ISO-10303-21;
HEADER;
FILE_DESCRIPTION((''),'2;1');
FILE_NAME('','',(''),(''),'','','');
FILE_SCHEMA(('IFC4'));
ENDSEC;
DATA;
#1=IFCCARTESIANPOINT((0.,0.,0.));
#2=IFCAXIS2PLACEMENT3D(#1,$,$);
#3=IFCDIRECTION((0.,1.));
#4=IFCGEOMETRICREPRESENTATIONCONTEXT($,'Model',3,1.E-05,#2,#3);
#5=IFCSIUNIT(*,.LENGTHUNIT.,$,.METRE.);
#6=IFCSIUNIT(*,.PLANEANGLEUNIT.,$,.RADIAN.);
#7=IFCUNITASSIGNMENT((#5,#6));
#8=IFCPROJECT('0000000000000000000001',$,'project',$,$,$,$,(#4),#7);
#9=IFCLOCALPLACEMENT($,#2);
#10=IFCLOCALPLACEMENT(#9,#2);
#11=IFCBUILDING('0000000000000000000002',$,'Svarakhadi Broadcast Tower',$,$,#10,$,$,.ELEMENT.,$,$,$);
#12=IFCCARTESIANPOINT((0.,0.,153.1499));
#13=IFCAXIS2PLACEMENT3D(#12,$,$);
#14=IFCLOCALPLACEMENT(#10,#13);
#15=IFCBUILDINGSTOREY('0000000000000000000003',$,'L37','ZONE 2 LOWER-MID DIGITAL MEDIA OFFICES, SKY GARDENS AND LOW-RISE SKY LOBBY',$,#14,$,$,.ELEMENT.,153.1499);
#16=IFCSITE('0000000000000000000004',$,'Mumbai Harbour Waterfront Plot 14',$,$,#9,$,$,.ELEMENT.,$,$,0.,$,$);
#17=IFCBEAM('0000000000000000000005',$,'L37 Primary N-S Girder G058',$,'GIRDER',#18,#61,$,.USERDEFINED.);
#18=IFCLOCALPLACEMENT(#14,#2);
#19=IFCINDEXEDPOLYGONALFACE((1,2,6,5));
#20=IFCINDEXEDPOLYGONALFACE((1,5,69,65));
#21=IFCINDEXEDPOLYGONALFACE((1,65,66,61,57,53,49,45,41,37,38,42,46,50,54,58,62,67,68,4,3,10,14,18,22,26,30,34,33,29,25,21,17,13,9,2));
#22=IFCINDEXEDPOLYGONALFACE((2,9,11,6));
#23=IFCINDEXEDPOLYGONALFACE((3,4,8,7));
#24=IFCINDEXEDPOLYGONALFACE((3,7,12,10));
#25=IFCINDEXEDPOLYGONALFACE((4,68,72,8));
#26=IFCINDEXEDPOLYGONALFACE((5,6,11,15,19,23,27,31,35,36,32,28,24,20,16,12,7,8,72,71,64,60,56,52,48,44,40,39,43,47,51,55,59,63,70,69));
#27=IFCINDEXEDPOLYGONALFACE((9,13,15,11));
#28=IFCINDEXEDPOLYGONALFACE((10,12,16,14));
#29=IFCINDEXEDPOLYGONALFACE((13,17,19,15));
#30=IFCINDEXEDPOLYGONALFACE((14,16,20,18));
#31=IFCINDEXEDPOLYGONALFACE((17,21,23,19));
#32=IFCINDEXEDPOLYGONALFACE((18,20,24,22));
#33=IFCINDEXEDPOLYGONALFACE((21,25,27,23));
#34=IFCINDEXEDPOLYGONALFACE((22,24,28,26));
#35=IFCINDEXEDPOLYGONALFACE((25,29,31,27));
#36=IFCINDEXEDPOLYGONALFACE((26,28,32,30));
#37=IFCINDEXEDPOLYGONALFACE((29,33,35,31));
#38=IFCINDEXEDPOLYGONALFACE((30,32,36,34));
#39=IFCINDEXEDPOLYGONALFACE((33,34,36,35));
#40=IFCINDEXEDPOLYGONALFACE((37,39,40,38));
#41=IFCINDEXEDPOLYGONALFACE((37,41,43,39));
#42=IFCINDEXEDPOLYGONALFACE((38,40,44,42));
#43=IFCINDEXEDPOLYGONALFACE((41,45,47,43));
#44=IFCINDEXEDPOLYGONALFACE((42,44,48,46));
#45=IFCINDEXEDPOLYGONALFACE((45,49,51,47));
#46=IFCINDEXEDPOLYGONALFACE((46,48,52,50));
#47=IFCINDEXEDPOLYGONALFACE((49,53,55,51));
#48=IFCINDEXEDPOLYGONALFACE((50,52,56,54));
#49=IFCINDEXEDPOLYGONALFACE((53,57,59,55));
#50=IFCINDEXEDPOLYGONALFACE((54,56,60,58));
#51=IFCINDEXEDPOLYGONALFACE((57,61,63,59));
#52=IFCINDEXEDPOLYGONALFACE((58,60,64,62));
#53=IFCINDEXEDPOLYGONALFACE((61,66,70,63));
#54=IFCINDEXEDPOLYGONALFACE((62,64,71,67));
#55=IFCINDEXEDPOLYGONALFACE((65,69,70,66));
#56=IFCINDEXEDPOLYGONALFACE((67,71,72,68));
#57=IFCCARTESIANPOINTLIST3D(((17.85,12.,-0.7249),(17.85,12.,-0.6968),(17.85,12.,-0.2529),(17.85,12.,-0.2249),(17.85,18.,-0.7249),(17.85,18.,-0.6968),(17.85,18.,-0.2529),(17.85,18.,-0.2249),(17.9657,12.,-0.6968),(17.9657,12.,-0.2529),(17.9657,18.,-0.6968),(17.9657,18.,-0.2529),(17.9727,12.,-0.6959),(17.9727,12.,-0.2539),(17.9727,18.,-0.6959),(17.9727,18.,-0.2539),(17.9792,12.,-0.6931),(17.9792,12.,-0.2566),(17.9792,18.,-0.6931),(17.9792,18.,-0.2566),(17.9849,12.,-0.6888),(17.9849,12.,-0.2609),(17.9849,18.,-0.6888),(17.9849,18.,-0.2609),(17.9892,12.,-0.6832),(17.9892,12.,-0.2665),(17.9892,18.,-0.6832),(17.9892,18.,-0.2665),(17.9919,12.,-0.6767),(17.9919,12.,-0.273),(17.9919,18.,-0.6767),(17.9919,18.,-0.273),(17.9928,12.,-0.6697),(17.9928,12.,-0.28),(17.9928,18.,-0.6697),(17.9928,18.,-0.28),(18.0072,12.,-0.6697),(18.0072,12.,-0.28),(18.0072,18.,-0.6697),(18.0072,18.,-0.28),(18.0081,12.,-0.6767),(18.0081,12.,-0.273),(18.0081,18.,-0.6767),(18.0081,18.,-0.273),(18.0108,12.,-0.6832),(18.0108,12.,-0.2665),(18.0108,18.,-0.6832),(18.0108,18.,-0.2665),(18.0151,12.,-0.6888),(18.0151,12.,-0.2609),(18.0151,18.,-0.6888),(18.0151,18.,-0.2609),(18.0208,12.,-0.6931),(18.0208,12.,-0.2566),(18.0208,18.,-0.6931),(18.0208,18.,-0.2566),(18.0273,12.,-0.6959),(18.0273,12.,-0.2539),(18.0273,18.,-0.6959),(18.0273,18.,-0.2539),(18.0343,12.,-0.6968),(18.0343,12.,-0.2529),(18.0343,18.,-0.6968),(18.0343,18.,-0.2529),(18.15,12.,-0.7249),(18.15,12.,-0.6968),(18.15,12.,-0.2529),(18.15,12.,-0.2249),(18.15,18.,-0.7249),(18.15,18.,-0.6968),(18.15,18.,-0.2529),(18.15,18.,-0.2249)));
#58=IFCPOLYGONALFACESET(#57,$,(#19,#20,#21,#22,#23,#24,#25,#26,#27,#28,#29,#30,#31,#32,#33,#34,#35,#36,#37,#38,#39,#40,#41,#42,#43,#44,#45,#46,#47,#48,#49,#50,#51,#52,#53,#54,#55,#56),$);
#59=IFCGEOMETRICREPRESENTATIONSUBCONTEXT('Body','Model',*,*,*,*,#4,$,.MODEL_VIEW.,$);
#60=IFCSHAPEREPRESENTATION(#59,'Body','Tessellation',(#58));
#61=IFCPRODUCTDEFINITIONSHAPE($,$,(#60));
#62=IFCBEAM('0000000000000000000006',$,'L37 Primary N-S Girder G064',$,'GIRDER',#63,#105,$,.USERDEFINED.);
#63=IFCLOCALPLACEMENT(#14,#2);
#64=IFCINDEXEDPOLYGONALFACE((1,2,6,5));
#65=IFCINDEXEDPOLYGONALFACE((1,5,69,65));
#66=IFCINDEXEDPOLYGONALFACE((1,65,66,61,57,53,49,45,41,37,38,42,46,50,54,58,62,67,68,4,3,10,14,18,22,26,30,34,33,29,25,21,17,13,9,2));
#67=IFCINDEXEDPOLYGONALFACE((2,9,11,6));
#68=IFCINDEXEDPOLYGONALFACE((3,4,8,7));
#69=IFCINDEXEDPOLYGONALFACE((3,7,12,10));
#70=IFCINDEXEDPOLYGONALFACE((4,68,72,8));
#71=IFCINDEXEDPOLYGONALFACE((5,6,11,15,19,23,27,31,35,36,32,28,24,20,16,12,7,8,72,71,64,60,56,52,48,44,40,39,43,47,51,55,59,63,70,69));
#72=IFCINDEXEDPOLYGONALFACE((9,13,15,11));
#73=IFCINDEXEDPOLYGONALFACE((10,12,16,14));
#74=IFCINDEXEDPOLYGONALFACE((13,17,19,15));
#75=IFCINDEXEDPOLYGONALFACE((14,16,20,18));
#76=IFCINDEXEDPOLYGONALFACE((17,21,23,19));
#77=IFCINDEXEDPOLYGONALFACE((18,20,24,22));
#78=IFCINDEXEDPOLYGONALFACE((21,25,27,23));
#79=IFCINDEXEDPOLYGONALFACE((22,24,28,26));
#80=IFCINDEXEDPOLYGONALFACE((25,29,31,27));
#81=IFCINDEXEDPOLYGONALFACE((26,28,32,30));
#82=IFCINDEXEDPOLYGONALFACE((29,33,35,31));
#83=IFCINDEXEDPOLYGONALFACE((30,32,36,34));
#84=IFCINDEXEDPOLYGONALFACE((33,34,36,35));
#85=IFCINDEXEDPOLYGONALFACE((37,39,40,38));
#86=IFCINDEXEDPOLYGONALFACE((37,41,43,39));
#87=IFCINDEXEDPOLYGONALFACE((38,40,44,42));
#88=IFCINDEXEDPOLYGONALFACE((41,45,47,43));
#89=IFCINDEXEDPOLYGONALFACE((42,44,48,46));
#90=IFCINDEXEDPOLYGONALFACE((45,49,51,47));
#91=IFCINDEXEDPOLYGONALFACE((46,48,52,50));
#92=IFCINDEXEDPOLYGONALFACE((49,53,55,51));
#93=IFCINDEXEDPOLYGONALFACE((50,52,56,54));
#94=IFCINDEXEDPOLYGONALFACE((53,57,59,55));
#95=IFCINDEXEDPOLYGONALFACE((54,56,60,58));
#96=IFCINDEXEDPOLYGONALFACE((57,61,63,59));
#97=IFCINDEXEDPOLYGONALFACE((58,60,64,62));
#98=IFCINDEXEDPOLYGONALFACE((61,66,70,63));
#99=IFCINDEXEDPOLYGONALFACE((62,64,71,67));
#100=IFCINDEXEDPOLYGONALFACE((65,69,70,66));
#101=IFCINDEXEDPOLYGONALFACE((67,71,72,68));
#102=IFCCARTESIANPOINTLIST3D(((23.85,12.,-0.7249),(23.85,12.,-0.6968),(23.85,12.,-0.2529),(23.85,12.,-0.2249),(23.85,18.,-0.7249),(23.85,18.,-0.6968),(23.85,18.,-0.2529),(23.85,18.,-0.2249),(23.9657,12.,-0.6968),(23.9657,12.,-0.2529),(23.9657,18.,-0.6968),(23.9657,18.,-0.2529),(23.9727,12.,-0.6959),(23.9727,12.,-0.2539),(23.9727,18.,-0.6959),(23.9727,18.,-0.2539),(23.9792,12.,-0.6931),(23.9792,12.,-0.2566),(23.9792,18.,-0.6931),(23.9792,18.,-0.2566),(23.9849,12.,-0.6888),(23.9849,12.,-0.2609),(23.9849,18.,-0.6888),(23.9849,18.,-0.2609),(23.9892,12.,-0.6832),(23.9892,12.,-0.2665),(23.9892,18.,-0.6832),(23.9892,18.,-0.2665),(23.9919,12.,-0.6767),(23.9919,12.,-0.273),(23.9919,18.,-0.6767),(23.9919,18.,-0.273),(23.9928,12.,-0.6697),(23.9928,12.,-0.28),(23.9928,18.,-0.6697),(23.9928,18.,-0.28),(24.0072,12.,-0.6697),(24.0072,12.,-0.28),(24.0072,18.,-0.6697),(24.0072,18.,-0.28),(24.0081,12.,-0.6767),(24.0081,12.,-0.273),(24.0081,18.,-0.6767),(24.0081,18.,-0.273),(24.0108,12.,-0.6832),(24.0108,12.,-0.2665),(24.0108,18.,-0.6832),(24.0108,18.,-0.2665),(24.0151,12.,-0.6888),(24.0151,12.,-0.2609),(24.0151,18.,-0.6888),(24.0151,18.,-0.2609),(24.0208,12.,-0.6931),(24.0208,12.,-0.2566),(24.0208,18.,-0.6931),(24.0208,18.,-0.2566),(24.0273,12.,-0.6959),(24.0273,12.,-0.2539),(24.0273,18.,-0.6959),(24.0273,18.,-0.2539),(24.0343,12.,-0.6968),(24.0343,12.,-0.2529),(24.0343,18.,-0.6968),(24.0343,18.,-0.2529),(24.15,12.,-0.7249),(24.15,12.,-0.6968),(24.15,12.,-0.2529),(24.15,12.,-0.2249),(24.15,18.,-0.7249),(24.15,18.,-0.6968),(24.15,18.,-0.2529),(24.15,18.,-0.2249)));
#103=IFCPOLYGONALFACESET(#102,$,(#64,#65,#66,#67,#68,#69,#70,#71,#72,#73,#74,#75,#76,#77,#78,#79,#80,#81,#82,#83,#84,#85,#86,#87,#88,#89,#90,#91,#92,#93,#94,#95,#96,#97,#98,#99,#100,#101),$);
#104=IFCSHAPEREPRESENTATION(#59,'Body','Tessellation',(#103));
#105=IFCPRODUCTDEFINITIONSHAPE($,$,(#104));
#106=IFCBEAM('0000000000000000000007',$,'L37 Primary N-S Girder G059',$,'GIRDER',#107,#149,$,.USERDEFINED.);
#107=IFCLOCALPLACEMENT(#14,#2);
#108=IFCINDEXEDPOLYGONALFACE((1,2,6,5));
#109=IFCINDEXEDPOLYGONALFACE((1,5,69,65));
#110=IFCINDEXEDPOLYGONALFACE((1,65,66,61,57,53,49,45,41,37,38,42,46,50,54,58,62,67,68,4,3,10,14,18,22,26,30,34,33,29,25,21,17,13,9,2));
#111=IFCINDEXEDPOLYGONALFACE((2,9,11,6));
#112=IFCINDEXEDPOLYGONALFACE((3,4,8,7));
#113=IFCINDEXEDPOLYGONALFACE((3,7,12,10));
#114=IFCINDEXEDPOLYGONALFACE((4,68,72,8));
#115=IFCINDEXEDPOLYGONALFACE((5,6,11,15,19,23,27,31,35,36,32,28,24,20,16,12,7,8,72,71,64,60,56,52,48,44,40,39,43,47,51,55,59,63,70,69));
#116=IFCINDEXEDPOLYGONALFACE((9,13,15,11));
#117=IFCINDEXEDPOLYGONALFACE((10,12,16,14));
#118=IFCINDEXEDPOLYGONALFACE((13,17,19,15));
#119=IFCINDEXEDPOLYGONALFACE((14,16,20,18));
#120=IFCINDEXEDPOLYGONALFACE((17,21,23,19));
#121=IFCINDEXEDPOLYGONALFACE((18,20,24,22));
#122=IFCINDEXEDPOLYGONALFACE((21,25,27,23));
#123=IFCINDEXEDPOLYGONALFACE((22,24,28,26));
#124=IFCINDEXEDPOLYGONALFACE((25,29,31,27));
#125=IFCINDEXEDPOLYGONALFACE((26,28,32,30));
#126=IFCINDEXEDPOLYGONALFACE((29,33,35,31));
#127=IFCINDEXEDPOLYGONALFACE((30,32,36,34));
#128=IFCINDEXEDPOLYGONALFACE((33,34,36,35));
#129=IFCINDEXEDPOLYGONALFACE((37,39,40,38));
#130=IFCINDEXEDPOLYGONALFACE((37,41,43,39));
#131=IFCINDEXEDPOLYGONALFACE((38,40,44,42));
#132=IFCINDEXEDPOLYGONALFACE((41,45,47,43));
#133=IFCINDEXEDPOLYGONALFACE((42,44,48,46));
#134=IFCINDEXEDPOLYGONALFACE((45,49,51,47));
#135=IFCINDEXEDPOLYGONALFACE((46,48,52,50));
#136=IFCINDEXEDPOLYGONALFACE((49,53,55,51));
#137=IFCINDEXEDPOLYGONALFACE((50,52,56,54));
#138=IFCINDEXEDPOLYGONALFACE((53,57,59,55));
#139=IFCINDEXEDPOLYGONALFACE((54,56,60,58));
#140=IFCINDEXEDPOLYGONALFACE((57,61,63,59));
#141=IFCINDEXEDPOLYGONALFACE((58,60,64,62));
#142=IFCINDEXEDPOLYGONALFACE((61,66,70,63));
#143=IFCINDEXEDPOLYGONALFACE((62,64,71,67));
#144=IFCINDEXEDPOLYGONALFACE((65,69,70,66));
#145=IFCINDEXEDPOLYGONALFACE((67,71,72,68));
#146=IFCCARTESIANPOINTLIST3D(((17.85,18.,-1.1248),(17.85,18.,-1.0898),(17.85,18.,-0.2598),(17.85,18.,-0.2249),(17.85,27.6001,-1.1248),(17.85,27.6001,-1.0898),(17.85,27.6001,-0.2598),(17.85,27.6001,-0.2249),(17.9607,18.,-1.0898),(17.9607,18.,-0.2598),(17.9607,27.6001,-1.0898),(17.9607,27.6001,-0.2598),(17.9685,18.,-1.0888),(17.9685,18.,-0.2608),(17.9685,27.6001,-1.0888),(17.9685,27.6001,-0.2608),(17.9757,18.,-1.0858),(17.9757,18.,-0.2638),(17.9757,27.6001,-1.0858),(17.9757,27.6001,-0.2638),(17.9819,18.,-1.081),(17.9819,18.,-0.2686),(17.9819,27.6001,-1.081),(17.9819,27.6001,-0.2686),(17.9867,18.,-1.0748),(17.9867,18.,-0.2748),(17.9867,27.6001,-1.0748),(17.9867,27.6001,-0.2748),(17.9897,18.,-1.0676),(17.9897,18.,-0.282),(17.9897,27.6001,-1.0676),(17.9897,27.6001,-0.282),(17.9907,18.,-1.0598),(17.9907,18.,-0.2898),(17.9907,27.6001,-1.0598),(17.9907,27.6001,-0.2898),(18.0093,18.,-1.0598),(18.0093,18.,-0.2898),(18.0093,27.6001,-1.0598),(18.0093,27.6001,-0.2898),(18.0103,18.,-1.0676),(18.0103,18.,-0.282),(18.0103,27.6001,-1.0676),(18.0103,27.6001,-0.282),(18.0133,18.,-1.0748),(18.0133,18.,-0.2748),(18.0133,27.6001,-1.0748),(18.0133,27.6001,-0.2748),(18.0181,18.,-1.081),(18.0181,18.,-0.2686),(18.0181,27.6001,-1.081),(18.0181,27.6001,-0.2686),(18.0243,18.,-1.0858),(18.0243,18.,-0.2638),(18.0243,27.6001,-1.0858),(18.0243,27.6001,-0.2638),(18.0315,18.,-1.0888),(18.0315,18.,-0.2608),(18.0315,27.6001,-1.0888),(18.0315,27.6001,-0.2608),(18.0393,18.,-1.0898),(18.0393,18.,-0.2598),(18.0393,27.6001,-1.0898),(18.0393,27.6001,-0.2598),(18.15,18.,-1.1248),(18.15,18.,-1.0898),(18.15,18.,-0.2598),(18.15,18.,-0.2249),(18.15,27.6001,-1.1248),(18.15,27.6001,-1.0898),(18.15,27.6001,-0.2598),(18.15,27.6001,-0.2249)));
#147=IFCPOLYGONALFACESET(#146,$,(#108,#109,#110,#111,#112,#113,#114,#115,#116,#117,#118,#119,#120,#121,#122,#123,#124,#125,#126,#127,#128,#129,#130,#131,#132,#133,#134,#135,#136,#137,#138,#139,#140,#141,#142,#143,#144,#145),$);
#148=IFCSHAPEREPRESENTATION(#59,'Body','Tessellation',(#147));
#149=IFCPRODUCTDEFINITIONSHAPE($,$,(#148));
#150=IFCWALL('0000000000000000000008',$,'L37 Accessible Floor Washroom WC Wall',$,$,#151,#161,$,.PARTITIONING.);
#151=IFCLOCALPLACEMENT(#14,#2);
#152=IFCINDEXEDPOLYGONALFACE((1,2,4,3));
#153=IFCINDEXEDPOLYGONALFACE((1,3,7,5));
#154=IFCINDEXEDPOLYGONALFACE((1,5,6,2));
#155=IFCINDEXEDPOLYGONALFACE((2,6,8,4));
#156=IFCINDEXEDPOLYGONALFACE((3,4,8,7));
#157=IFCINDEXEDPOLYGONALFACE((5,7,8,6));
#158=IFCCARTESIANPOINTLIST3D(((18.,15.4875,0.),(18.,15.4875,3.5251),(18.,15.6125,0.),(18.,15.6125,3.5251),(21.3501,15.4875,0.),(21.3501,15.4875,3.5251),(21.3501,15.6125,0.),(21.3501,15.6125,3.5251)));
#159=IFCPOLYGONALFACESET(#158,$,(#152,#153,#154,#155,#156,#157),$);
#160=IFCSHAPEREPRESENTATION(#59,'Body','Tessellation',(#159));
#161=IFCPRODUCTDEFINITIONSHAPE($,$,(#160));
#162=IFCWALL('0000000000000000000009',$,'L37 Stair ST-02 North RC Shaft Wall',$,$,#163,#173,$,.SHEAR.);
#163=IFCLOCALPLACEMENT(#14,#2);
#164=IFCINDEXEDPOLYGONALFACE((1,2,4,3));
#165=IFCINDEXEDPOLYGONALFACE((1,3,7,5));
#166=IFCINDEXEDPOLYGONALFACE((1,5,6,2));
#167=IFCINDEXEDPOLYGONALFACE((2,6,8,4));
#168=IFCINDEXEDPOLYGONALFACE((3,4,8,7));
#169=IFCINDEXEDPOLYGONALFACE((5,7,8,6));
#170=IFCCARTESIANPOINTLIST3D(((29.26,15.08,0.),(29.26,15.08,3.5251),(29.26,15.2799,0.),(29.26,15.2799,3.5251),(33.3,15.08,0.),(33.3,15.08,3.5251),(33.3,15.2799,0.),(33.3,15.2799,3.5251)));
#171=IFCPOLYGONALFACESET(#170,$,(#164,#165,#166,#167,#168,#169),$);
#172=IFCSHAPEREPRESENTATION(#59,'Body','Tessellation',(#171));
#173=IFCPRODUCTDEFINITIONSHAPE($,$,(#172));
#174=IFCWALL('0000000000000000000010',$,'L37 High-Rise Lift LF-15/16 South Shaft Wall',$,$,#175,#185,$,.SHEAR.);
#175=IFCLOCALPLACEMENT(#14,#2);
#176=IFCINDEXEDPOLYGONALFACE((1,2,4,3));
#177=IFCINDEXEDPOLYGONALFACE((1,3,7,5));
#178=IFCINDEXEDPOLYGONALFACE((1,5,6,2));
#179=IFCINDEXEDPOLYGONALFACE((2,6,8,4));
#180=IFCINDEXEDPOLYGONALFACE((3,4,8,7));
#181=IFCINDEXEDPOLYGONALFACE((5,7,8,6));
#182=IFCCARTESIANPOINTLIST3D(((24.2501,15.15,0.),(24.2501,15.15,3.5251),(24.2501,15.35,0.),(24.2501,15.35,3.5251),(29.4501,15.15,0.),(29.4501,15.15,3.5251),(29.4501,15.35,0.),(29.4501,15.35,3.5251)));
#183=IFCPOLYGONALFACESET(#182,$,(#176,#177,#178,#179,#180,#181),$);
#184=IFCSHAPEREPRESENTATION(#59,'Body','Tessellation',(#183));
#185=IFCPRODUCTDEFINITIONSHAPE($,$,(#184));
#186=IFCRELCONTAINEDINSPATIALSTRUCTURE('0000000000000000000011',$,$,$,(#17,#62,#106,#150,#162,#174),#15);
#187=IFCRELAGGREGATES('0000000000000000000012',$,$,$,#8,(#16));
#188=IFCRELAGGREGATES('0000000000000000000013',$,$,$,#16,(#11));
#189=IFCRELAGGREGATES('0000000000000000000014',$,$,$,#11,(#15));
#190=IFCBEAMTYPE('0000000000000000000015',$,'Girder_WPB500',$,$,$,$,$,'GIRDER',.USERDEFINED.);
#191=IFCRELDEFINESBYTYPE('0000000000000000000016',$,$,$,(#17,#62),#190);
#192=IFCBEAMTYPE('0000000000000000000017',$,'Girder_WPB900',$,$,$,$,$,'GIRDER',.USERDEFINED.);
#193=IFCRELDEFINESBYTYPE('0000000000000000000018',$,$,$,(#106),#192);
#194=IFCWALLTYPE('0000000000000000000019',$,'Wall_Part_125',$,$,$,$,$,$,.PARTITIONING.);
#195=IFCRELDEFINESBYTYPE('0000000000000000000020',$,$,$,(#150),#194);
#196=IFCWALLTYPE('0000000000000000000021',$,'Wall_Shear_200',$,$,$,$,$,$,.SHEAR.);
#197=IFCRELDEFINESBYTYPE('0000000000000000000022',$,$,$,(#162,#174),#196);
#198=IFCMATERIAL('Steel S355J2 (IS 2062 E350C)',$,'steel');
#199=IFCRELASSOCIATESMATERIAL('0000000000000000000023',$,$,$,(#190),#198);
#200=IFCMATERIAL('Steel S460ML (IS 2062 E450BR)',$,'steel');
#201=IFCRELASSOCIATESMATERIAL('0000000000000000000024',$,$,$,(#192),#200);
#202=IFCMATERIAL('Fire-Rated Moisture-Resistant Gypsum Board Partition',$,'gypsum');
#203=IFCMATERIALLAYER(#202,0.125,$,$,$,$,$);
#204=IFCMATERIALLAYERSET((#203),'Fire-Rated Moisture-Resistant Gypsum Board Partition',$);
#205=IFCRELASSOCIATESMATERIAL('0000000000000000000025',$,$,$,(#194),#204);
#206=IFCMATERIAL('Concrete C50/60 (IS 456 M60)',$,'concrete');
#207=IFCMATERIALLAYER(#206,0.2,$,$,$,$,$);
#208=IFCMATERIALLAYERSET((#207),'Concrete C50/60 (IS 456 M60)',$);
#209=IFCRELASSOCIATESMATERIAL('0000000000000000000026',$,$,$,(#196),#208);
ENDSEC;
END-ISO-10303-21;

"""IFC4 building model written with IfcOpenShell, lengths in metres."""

from ifc_helpers import new_model, si_unit, direction, frame, frame_2d, origin, origin_2d, place, context, subcontext, project, spatial, rectangle, i_section, extrude, material, layer, layer_set, material_profile, profile_set, type_object, element, save


model = new_model("IFC4")

# Units and contexts
model_context = context("Model", 3, precision=1e-05, world=origin(), true_north=direction((0.0, 1.0)))
body_context = subcontext(model_context, "Body", "Model", "MODEL_VIEW")
ifc_project = project(units=[si_unit("LENGTHUNIT", "METRE"), si_unit("PLANEANGLEUNIT", "RADIAN")], contexts=[model_context])

# Site, building, storey
site_placement = place(None, origin())
site = spatial("IfcSite", under=ifc_project, at=site_placement, Name="Mumbai Harbour Waterfront Plot 14", CompositionType="ELEMENT", RefElevation=0.0)
building_placement = place(site_placement, origin())
building = spatial("IfcBuilding", under=site, at=building_placement, Name="Svarakhadi Broadcast Tower", CompositionType="ELEMENT")
storey_placement = place(building_placement, frame((0.0, 0.0, 153.1499)))
storey = spatial("IfcBuildingStorey", under=building, at=storey_placement, Name="L37", Description="ZONE 2 LOWER-MID DIGITAL MEDIA OFFICES, SKY GARDENS AND LOW-RISE SKY LOBBY", CompositionType="ELEMENT", Elevation=153.1499)

# Shared definitions
ifc_material_1 = material(Name="Concrete C50/60 (IS 456 M60)", Category="concrete")

# Beams
ifc_material_2 = material(Name="Steel S355J2 (IS 2062 E350C)", Category="steel")
ifc_material_profile_1 = material_profile(ifc_material_2, i_section(OverallWidth=0.3, OverallDepth=0.5, WebThickness=0.0144, FlangeThickness=0.0281, FilletRadius=0.0271, at=origin_2d()), Name="WPB 500x300x187")
ifc_profile_set_1 = profile_set([ifc_material_profile_1], Name="Steel S355J2 (IS 2062 E350C)")
beam_type_1 = type_object("IfcBeamType", Name="Girder_WPB500", ElementType="GIRDER", PredefinedType="USERDEFINED", material=ifc_profile_set_1)
for number, where, z_axis, x_axis, name in (
    (1, (18.0, 12.0, -0.4749), (0.0, 1.0, 0.0), (-1.0, 0.0, 0.0), "L37 Primary N-S Girder G058"),
    (2, (24.0, 12.0, -0.4749), (0.0, 1.0, 0.0), (-1.0, 0.0, 0.0), "L37 Primary N-S Girder G064"),
):
    element("IfcBeam", number, at=place(storey_placement, frame(where, z_axis=z_axis, x_axis=x_axis)), inside=storey, type_object=beam_type_1, Name=name, ObjectType="GIRDER", PredefinedType="USERDEFINED", context=body_context, shape_type="SweptSolid", body=[
        extrude(i_section(OverallWidth=0.3, OverallDepth=0.5, WebThickness=0.0144, FlangeThickness=0.0281, FilletRadius=0.0271, at=origin_2d()), origin(), (0.0, 0.0, 1.0), 6.0),
    ])
ifc_material_3 = material(Name="Steel S460ML (IS 2062 E450BR)", Category="steel")
ifc_material_profile_2 = material_profile(ifc_material_3, i_section(OverallWidth=0.3, OverallDepth=0.8999, WebThickness=0.0186, FlangeThickness=0.0349, FilletRadius=0.03, at=origin_2d()), Name="WPB 900x300x291")
ifc_profile_set_2 = profile_set([ifc_material_profile_2], Name="Steel S460ML (IS 2062 E450BR)")
beam_type_2 = type_object("IfcBeamType", Name="Girder_WPB900", ElementType="GIRDER", PredefinedType="USERDEFINED", material=ifc_profile_set_2)
beam_1_placement = place(storey_placement, frame((18.0, 18.0, -0.6748), z_axis=(0.0, 1.0, 0.0), x_axis=(-1.0, 0.0, 0.0)))
element("IfcBeam", 3, at=beam_1_placement, inside=storey, type_object=beam_type_2, Name="L37 Primary N-S Girder G059", ObjectType="GIRDER", PredefinedType="USERDEFINED", context=body_context, shape_type="SweptSolid", body=[
    extrude(i_section(OverallWidth=0.3, OverallDepth=0.8999, WebThickness=0.0186, FlangeThickness=0.0349, FilletRadius=0.03, at=origin_2d()), origin(), (0.0, 0.0, 1.0), 9.6001),
])

# Walls
ifc_material_4 = material(Name="Fire-Rated Moisture-Resistant Gypsum Board Partition", Category="gypsum")
ifc_layer_1 = layer(ifc_material_4, 0.125)
ifc_layer_set_1 = layer_set([ifc_layer_1], Name="Fire-Rated Moisture-Resistant Gypsum Board Partition")
wall_type_1 = type_object("IfcWallType", Name="Wall_Part_125", PredefinedType="PARTITIONING", material=ifc_layer_set_1)
wall_1_placement = place(storey_placement, frame((18.0, 15.55, 0.0), z_axis=(0.0, 0.0, 1.0), x_axis=(1.0, 0.0, 0.0)))
element("IfcWall", 4, at=wall_1_placement, inside=storey, type_object=wall_type_1, Name="L37 Accessible Floor Washroom WC Wall", PredefinedType="PARTITIONING", context=body_context, shape_type="SweptSolid", body=[
    extrude(rectangle(XDim=3.3501, YDim=0.125, at=frame_2d((1.675, 0.0))), origin(), (0.0, 0.0, 1.0), 3.5251),
])
ifc_layer_2 = layer(ifc_material_1, 0.2)
ifc_layer_set_2 = layer_set([ifc_layer_2], Name="Concrete C50/60 (IS 456 M60)")
wall_type_2 = type_object("IfcWallType", Name="Wall_Shear_200", PredefinedType="SHEAR", material=ifc_layer_set_2)
wall_2_placement = place(storey_placement, frame((29.26, 15.1799, 0.0), z_axis=(0.0, 0.0, 1.0), x_axis=(1.0, 0.0, 0.0)))
element("IfcWall", 5, at=wall_2_placement, inside=storey, type_object=wall_type_2, Name="L37 Stair ST-02 North RC Shaft Wall", PredefinedType="SHEAR", context=body_context, shape_type="SweptSolid", body=[
    extrude(rectangle(XDim=4.04, YDim=0.2, at=frame_2d((2.02, 0.0))), origin(), (0.0, 0.0, 1.0), 3.5251),
])

# Wall
wall_3_placement = place(storey_placement, frame((24.25, 15.25, 0.0), z_axis=(0.0, 0.0, 1.0), x_axis=(1.0, 0.0, 0.0)))
element("IfcWall", 6, at=wall_3_placement, inside=storey, type_object=wall_type_2, Name="L37 High-Rise Lift LF-15/16 South Shaft Wall", PredefinedType="SHEAR", context=body_context, shape_type="SweptSolid", body=[
    extrude(rectangle(XDim=5.2, YDim=0.2, at=frame_2d((2.6001, 0.0))), origin(), (0.0, 0.0, 1.0), 3.5251),
])

save(model, "model.ifc")
